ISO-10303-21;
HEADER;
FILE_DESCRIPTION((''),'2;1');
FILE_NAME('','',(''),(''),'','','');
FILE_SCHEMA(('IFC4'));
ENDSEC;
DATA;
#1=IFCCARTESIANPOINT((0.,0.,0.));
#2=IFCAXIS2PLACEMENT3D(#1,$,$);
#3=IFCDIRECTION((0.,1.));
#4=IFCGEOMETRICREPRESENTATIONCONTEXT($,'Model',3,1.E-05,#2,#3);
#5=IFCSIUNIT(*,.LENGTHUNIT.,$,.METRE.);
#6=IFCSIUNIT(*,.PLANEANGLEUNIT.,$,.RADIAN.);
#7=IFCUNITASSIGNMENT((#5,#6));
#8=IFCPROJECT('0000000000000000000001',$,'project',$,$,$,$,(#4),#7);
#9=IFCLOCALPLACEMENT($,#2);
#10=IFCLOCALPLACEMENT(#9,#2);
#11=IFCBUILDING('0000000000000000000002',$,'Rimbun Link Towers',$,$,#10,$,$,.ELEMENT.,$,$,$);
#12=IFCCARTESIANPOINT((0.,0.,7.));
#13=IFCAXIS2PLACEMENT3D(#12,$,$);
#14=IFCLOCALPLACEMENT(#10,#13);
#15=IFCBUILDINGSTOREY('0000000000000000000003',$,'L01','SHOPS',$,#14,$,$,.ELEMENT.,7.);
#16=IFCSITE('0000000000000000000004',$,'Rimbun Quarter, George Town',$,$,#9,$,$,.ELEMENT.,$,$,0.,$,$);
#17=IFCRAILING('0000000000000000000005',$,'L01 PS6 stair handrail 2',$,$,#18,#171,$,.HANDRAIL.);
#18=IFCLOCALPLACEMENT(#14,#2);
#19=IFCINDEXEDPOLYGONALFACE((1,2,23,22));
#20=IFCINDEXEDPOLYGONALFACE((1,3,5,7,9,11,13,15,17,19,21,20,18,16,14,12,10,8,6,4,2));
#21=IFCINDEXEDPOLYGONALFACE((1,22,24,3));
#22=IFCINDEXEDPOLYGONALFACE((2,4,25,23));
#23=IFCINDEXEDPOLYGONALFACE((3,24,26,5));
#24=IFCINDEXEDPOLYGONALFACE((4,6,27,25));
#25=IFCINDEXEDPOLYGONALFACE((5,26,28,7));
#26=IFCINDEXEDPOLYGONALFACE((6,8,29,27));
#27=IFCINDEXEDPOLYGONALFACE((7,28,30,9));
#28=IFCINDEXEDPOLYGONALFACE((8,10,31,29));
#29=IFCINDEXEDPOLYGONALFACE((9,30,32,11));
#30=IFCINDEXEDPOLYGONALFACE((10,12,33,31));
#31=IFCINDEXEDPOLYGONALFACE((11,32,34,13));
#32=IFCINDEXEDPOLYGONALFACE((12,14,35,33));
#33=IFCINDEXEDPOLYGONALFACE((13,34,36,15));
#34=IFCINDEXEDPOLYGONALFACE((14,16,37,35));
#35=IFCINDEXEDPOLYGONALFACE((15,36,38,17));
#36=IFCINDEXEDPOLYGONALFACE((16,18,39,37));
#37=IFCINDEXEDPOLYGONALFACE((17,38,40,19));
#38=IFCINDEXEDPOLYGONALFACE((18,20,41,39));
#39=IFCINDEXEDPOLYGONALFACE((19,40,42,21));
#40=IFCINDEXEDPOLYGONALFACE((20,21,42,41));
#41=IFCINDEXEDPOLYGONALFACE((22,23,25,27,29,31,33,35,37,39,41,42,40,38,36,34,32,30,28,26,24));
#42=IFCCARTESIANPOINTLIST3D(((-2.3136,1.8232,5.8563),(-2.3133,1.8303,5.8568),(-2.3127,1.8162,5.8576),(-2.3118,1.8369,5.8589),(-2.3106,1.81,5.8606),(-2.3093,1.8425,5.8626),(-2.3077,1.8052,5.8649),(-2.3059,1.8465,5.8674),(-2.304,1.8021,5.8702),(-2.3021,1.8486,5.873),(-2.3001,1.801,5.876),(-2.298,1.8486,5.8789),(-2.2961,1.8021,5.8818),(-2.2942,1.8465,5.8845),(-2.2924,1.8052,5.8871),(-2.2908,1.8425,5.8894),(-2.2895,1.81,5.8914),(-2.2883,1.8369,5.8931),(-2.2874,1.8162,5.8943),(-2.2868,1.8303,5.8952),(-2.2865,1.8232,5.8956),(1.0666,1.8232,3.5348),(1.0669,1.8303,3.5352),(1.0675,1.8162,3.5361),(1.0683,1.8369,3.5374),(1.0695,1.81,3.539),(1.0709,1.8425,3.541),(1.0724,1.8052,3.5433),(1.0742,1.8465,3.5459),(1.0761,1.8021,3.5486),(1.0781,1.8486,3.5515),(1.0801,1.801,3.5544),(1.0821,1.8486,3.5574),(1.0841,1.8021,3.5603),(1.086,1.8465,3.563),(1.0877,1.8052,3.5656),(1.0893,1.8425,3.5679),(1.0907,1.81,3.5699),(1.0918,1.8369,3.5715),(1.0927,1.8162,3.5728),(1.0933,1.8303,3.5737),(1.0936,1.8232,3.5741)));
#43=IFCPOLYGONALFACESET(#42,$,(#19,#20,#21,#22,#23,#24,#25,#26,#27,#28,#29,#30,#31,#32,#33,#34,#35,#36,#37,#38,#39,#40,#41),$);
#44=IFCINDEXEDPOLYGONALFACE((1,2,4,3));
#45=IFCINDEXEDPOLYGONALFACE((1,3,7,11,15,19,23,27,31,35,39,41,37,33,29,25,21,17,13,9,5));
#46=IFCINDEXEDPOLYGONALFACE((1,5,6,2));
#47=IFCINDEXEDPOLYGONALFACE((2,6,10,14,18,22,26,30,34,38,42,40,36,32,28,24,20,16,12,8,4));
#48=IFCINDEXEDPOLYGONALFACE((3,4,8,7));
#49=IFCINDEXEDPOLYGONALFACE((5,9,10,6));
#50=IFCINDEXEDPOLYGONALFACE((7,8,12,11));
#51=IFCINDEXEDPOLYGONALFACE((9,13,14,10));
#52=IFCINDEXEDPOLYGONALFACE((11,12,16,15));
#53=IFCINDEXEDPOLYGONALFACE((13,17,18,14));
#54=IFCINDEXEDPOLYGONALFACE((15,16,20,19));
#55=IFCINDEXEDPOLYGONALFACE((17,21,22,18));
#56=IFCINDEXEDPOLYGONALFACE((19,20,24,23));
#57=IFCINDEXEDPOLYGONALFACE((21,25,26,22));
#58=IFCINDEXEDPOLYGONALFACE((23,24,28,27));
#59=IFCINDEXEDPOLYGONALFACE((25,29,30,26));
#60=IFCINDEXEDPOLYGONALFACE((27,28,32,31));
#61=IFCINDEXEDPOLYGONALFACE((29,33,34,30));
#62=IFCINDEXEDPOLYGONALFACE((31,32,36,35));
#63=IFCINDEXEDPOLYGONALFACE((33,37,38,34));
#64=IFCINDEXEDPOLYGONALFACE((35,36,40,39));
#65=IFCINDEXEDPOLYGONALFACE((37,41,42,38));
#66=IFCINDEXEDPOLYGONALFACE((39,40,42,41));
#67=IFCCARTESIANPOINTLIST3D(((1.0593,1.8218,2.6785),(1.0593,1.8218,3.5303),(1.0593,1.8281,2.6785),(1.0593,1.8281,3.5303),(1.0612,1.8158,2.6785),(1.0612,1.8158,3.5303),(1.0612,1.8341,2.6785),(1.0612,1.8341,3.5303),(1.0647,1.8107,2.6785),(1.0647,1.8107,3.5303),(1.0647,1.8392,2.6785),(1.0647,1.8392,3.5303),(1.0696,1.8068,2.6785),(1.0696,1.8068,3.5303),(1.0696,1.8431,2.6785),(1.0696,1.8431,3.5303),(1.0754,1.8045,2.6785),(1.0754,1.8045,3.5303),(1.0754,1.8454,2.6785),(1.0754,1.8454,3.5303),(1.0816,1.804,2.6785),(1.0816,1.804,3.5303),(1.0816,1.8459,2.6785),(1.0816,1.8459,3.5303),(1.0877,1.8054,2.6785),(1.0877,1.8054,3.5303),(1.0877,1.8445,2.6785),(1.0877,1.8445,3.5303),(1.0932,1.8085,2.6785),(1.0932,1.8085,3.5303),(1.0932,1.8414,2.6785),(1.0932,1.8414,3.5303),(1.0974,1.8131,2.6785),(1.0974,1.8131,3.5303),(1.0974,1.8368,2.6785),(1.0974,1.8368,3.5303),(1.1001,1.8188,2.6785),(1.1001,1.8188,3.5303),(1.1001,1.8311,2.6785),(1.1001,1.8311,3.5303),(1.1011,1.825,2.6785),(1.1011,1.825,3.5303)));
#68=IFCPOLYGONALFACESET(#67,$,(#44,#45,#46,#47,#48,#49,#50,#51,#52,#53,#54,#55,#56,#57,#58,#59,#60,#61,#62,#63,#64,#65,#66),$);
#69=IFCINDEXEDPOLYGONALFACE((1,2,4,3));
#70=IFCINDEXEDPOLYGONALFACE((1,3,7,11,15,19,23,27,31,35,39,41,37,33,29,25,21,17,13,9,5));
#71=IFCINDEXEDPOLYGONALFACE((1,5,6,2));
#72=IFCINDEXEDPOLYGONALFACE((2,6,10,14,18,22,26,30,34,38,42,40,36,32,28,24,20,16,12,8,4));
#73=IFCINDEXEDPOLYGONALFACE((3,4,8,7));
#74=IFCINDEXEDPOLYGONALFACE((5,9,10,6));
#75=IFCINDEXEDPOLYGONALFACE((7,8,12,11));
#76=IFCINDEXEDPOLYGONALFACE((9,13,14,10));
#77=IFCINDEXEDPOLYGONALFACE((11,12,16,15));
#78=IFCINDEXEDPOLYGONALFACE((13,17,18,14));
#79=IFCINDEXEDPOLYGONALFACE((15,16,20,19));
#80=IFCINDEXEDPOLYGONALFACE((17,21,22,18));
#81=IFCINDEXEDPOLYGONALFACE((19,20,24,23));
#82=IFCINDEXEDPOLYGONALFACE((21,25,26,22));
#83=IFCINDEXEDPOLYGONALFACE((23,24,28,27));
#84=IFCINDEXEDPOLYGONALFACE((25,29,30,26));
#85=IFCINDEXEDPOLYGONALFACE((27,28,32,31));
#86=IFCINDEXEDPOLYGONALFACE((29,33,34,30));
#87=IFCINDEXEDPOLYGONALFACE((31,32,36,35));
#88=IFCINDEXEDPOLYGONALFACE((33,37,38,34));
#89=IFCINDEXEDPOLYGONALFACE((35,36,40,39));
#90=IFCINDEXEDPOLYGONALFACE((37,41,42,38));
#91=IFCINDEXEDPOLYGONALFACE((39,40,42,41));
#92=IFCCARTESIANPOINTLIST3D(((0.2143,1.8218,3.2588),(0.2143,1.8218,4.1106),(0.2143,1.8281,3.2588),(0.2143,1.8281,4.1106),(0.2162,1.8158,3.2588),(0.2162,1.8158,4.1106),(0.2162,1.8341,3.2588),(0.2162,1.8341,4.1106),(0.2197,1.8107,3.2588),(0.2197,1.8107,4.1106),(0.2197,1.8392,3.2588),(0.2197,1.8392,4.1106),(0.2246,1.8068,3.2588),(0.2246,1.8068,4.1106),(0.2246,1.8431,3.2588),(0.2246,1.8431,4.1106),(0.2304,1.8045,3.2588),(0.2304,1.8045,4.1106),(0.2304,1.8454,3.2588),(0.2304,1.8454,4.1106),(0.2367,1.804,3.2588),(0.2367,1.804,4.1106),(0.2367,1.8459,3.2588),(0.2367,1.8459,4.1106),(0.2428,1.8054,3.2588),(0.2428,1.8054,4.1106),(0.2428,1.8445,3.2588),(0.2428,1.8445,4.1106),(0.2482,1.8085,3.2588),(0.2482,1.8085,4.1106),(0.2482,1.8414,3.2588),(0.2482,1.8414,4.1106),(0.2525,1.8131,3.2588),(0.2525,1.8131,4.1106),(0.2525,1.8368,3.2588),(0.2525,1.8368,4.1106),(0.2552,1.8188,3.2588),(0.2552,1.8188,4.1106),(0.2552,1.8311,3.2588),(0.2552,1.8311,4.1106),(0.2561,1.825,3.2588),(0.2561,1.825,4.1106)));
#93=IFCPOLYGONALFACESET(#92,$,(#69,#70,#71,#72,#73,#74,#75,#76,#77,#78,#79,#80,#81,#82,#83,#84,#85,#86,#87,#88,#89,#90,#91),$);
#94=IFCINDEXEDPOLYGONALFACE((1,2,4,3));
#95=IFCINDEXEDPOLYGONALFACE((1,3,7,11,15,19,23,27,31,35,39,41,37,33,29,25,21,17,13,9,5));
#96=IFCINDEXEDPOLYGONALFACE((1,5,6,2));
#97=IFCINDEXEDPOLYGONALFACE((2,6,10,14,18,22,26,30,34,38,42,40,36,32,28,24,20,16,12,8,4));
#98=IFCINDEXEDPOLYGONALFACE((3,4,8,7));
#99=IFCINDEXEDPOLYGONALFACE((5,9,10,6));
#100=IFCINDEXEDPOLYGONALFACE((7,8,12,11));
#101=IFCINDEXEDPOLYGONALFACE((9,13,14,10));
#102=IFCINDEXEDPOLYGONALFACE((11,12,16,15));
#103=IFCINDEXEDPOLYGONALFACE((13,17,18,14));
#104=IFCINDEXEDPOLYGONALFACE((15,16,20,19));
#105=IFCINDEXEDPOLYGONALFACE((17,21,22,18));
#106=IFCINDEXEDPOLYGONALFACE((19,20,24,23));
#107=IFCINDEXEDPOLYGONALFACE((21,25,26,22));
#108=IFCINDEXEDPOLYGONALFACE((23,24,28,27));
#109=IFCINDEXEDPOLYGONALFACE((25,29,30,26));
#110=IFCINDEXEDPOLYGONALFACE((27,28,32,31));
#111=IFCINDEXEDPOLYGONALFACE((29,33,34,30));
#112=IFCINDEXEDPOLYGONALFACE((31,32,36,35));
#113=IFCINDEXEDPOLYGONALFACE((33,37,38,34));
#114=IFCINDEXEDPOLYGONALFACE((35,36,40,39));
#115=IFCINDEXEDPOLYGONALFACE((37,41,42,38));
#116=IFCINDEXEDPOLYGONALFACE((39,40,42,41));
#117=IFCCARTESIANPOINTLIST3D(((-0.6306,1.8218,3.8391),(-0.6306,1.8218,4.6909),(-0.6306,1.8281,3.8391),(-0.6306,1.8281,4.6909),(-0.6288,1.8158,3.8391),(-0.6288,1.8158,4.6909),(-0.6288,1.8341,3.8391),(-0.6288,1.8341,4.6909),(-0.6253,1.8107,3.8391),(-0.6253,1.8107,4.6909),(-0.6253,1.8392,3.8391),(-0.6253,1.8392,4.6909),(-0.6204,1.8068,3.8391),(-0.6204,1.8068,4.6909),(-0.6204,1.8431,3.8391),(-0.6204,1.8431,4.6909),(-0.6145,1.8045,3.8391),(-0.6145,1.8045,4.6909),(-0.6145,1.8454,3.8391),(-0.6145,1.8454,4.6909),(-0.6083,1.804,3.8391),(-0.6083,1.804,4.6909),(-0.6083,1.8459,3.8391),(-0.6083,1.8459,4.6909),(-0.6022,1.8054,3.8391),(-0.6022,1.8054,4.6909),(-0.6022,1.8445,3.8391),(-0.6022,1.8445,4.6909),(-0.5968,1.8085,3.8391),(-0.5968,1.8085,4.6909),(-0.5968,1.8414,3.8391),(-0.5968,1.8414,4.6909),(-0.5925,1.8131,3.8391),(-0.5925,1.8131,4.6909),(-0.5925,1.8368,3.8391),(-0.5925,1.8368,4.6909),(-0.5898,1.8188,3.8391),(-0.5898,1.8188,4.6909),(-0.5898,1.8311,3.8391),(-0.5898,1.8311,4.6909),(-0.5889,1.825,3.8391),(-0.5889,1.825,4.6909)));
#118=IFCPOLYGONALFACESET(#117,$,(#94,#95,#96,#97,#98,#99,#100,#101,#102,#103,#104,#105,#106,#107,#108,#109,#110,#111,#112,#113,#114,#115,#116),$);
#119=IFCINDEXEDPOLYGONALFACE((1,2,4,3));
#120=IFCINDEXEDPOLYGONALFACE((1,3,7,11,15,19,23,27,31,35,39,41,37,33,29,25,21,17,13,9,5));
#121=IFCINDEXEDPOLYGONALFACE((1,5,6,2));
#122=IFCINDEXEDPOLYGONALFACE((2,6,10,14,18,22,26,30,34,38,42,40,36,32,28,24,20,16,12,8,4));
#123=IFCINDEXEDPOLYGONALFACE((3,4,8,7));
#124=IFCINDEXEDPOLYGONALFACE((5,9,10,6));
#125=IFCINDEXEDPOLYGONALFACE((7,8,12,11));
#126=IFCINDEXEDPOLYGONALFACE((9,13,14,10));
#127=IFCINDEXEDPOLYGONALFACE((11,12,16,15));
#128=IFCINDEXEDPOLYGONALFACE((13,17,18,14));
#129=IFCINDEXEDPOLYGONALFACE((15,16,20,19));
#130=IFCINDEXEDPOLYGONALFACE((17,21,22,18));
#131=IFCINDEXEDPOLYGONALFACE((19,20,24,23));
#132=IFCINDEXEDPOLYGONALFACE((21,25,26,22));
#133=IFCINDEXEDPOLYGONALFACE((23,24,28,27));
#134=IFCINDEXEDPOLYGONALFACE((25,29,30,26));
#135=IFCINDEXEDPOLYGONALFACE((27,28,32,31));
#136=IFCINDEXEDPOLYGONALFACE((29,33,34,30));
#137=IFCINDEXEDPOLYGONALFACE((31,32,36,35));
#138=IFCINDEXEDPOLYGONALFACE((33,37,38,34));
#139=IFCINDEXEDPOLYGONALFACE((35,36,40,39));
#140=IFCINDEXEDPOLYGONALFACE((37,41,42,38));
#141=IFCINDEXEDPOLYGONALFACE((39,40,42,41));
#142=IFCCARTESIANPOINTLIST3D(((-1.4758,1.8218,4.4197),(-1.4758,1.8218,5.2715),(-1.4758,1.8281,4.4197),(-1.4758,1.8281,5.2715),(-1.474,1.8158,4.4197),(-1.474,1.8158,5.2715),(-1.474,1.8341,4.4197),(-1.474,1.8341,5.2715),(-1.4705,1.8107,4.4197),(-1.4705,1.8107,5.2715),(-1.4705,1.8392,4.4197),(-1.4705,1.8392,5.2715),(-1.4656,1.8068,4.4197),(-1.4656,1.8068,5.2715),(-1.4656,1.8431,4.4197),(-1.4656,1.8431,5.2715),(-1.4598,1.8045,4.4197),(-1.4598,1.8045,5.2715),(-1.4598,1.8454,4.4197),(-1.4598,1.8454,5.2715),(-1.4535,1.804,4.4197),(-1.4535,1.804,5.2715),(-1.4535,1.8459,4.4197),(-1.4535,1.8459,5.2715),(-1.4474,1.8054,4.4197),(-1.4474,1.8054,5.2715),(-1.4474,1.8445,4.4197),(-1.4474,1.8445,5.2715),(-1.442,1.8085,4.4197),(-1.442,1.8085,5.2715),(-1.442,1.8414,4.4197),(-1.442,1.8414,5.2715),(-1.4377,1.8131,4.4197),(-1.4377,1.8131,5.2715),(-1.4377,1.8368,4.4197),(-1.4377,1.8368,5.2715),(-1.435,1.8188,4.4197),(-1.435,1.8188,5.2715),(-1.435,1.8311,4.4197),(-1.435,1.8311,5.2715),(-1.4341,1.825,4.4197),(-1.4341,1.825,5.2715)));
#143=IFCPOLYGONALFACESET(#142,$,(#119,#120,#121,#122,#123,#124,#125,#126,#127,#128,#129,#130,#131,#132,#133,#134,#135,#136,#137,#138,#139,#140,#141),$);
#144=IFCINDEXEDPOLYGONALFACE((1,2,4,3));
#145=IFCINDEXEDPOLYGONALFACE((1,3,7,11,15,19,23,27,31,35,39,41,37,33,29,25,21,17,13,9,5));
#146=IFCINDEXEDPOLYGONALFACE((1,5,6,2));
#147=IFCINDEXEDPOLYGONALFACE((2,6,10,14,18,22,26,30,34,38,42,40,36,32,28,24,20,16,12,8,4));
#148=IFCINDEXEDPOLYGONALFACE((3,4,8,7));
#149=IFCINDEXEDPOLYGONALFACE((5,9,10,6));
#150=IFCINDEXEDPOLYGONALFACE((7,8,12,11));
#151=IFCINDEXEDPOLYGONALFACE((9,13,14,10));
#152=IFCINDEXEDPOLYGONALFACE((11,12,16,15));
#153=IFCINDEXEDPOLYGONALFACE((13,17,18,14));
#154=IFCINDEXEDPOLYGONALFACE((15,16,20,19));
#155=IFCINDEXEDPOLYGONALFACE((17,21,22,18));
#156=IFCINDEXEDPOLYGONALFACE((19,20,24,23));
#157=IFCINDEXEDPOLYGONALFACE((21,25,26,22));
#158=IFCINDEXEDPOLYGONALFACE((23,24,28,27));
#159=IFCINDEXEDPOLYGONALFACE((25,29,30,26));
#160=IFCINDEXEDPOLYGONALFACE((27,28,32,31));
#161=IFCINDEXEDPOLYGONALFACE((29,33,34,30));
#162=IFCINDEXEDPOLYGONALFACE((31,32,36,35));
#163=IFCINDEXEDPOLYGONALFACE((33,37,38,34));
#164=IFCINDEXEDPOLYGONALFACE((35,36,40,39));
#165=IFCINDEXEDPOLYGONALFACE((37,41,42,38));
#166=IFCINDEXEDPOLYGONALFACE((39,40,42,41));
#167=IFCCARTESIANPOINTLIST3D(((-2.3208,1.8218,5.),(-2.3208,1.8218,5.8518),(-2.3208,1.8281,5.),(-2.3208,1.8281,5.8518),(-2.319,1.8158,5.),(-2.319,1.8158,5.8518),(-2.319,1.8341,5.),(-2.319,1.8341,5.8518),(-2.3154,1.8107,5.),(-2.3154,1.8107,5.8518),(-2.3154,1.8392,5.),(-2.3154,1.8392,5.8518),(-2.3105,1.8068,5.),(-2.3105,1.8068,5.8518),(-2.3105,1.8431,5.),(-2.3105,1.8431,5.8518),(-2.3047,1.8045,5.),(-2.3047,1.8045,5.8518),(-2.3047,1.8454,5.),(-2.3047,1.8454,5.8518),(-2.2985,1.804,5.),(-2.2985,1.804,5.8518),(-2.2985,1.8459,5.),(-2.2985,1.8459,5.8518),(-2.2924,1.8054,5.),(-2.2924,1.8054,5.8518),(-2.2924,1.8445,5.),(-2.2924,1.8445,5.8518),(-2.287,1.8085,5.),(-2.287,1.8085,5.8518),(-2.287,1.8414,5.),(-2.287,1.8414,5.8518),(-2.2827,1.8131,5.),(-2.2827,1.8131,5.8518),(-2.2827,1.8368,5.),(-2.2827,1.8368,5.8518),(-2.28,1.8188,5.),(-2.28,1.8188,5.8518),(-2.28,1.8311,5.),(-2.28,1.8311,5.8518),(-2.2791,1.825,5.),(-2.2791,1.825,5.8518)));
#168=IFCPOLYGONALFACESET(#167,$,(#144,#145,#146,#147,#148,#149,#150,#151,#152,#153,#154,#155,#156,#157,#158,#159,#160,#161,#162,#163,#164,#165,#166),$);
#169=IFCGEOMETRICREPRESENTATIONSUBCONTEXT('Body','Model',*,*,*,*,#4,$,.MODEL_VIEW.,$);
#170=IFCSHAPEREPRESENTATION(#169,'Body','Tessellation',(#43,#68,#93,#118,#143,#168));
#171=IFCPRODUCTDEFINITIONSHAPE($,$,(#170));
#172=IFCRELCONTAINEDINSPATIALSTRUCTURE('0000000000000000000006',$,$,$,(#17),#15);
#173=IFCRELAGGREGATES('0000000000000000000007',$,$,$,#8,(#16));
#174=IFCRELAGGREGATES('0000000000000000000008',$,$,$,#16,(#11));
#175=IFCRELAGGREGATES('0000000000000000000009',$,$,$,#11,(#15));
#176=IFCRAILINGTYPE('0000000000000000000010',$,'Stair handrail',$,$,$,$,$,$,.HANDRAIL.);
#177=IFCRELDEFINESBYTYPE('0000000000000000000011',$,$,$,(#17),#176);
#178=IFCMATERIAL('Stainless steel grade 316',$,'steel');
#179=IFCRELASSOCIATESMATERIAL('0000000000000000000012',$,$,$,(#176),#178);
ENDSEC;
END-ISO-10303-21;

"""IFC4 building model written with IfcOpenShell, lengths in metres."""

from ifc_helpers import new_model, si_unit, direction, frame, origin, origin_2d, place, context, subcontext, project, spatial, circle, extrude, material, type_object, element, save


model = new_model("IFC4")

# Units and contexts
model_context = context("Model", 3, precision=1e-05, world=origin(), true_north=direction((0.0, 1.0)))
body_context = subcontext(model_context, "Body", "Model", "MODEL_VIEW")
ifc_project = project(units=[si_unit("LENGTHUNIT", "METRE"), si_unit("PLANEANGLEUNIT", "RADIAN")], contexts=[model_context])

# Site, building, storey
site_placement = place(None, origin())
site = spatial("IfcSite", under=ifc_project, at=site_placement, Name="Rimbun Quarter, George Town", CompositionType="ELEMENT", RefElevation=0.0)
building_placement = place(site_placement, origin())
building = spatial("IfcBuilding", under=site, at=building_placement, Name="Rimbun Link Towers", CompositionType="ELEMENT")
storey_placement = place(building_placement, frame((0.0, 0.0, 7.0)))
storey = spatial("IfcBuildingStorey", under=building, at=storey_placement, Name="L01", Description="SHOPS", CompositionType="ELEMENT", Elevation=7.0)

# Railing
ifc_material_1 = material(Name="Stainless steel grade 316", Category="steel")
railing_type_1 = type_object("IfcRailingType", Name="Stair handrail", PredefinedType="HANDRAIL", material=ifc_material_1)
railing_1_placement = place(storey_placement, frame((1.0801, 1.825, 2.6785)))
element("IfcRailing", 1, at=railing_1_placement, inside=storey, type_object=railing_type_1, Name="L01 PS6 stair handrail 2", PredefinedType="HANDRAIL", context=body_context, shape_type="SweptSolid", body=[
    extrude(circle(Radius=0.0239, at=origin_2d()), frame((0.0, 0.0, 0.876), z_axis=(-0.824304, 0.0, 0.566147), x_axis=(0.0, -1.0, 0.0)), (0.0, 0.0, 1.0), 4.1006),
    extrude(circle(Radius=0.021, at=origin_2d()), origin(), (0.0, 0.0, 1.0), 0.8518),
    extrude(circle(Radius=0.021, at=origin_2d()), frame((-0.845, 0.0, 0.5803)), (0.0, 0.0, 1.0), 0.8518),
    extrude(circle(Radius=0.021, at=origin_2d()), frame((-1.6899, 0.0, 1.1606)), (0.0, 0.0, 1.0), 0.8518),
    extrude(circle(Radius=0.021, at=origin_2d()), frame((-2.5352, 0.0, 1.7412)), (0.0, 0.0, 1.0), 0.8518),
    extrude(circle(Radius=0.021, at=origin_2d()), frame((-3.3801, 0.0, 2.3215)), (0.0, 0.0, 1.0), 0.8518),
])

save(model, "model.ifc")
